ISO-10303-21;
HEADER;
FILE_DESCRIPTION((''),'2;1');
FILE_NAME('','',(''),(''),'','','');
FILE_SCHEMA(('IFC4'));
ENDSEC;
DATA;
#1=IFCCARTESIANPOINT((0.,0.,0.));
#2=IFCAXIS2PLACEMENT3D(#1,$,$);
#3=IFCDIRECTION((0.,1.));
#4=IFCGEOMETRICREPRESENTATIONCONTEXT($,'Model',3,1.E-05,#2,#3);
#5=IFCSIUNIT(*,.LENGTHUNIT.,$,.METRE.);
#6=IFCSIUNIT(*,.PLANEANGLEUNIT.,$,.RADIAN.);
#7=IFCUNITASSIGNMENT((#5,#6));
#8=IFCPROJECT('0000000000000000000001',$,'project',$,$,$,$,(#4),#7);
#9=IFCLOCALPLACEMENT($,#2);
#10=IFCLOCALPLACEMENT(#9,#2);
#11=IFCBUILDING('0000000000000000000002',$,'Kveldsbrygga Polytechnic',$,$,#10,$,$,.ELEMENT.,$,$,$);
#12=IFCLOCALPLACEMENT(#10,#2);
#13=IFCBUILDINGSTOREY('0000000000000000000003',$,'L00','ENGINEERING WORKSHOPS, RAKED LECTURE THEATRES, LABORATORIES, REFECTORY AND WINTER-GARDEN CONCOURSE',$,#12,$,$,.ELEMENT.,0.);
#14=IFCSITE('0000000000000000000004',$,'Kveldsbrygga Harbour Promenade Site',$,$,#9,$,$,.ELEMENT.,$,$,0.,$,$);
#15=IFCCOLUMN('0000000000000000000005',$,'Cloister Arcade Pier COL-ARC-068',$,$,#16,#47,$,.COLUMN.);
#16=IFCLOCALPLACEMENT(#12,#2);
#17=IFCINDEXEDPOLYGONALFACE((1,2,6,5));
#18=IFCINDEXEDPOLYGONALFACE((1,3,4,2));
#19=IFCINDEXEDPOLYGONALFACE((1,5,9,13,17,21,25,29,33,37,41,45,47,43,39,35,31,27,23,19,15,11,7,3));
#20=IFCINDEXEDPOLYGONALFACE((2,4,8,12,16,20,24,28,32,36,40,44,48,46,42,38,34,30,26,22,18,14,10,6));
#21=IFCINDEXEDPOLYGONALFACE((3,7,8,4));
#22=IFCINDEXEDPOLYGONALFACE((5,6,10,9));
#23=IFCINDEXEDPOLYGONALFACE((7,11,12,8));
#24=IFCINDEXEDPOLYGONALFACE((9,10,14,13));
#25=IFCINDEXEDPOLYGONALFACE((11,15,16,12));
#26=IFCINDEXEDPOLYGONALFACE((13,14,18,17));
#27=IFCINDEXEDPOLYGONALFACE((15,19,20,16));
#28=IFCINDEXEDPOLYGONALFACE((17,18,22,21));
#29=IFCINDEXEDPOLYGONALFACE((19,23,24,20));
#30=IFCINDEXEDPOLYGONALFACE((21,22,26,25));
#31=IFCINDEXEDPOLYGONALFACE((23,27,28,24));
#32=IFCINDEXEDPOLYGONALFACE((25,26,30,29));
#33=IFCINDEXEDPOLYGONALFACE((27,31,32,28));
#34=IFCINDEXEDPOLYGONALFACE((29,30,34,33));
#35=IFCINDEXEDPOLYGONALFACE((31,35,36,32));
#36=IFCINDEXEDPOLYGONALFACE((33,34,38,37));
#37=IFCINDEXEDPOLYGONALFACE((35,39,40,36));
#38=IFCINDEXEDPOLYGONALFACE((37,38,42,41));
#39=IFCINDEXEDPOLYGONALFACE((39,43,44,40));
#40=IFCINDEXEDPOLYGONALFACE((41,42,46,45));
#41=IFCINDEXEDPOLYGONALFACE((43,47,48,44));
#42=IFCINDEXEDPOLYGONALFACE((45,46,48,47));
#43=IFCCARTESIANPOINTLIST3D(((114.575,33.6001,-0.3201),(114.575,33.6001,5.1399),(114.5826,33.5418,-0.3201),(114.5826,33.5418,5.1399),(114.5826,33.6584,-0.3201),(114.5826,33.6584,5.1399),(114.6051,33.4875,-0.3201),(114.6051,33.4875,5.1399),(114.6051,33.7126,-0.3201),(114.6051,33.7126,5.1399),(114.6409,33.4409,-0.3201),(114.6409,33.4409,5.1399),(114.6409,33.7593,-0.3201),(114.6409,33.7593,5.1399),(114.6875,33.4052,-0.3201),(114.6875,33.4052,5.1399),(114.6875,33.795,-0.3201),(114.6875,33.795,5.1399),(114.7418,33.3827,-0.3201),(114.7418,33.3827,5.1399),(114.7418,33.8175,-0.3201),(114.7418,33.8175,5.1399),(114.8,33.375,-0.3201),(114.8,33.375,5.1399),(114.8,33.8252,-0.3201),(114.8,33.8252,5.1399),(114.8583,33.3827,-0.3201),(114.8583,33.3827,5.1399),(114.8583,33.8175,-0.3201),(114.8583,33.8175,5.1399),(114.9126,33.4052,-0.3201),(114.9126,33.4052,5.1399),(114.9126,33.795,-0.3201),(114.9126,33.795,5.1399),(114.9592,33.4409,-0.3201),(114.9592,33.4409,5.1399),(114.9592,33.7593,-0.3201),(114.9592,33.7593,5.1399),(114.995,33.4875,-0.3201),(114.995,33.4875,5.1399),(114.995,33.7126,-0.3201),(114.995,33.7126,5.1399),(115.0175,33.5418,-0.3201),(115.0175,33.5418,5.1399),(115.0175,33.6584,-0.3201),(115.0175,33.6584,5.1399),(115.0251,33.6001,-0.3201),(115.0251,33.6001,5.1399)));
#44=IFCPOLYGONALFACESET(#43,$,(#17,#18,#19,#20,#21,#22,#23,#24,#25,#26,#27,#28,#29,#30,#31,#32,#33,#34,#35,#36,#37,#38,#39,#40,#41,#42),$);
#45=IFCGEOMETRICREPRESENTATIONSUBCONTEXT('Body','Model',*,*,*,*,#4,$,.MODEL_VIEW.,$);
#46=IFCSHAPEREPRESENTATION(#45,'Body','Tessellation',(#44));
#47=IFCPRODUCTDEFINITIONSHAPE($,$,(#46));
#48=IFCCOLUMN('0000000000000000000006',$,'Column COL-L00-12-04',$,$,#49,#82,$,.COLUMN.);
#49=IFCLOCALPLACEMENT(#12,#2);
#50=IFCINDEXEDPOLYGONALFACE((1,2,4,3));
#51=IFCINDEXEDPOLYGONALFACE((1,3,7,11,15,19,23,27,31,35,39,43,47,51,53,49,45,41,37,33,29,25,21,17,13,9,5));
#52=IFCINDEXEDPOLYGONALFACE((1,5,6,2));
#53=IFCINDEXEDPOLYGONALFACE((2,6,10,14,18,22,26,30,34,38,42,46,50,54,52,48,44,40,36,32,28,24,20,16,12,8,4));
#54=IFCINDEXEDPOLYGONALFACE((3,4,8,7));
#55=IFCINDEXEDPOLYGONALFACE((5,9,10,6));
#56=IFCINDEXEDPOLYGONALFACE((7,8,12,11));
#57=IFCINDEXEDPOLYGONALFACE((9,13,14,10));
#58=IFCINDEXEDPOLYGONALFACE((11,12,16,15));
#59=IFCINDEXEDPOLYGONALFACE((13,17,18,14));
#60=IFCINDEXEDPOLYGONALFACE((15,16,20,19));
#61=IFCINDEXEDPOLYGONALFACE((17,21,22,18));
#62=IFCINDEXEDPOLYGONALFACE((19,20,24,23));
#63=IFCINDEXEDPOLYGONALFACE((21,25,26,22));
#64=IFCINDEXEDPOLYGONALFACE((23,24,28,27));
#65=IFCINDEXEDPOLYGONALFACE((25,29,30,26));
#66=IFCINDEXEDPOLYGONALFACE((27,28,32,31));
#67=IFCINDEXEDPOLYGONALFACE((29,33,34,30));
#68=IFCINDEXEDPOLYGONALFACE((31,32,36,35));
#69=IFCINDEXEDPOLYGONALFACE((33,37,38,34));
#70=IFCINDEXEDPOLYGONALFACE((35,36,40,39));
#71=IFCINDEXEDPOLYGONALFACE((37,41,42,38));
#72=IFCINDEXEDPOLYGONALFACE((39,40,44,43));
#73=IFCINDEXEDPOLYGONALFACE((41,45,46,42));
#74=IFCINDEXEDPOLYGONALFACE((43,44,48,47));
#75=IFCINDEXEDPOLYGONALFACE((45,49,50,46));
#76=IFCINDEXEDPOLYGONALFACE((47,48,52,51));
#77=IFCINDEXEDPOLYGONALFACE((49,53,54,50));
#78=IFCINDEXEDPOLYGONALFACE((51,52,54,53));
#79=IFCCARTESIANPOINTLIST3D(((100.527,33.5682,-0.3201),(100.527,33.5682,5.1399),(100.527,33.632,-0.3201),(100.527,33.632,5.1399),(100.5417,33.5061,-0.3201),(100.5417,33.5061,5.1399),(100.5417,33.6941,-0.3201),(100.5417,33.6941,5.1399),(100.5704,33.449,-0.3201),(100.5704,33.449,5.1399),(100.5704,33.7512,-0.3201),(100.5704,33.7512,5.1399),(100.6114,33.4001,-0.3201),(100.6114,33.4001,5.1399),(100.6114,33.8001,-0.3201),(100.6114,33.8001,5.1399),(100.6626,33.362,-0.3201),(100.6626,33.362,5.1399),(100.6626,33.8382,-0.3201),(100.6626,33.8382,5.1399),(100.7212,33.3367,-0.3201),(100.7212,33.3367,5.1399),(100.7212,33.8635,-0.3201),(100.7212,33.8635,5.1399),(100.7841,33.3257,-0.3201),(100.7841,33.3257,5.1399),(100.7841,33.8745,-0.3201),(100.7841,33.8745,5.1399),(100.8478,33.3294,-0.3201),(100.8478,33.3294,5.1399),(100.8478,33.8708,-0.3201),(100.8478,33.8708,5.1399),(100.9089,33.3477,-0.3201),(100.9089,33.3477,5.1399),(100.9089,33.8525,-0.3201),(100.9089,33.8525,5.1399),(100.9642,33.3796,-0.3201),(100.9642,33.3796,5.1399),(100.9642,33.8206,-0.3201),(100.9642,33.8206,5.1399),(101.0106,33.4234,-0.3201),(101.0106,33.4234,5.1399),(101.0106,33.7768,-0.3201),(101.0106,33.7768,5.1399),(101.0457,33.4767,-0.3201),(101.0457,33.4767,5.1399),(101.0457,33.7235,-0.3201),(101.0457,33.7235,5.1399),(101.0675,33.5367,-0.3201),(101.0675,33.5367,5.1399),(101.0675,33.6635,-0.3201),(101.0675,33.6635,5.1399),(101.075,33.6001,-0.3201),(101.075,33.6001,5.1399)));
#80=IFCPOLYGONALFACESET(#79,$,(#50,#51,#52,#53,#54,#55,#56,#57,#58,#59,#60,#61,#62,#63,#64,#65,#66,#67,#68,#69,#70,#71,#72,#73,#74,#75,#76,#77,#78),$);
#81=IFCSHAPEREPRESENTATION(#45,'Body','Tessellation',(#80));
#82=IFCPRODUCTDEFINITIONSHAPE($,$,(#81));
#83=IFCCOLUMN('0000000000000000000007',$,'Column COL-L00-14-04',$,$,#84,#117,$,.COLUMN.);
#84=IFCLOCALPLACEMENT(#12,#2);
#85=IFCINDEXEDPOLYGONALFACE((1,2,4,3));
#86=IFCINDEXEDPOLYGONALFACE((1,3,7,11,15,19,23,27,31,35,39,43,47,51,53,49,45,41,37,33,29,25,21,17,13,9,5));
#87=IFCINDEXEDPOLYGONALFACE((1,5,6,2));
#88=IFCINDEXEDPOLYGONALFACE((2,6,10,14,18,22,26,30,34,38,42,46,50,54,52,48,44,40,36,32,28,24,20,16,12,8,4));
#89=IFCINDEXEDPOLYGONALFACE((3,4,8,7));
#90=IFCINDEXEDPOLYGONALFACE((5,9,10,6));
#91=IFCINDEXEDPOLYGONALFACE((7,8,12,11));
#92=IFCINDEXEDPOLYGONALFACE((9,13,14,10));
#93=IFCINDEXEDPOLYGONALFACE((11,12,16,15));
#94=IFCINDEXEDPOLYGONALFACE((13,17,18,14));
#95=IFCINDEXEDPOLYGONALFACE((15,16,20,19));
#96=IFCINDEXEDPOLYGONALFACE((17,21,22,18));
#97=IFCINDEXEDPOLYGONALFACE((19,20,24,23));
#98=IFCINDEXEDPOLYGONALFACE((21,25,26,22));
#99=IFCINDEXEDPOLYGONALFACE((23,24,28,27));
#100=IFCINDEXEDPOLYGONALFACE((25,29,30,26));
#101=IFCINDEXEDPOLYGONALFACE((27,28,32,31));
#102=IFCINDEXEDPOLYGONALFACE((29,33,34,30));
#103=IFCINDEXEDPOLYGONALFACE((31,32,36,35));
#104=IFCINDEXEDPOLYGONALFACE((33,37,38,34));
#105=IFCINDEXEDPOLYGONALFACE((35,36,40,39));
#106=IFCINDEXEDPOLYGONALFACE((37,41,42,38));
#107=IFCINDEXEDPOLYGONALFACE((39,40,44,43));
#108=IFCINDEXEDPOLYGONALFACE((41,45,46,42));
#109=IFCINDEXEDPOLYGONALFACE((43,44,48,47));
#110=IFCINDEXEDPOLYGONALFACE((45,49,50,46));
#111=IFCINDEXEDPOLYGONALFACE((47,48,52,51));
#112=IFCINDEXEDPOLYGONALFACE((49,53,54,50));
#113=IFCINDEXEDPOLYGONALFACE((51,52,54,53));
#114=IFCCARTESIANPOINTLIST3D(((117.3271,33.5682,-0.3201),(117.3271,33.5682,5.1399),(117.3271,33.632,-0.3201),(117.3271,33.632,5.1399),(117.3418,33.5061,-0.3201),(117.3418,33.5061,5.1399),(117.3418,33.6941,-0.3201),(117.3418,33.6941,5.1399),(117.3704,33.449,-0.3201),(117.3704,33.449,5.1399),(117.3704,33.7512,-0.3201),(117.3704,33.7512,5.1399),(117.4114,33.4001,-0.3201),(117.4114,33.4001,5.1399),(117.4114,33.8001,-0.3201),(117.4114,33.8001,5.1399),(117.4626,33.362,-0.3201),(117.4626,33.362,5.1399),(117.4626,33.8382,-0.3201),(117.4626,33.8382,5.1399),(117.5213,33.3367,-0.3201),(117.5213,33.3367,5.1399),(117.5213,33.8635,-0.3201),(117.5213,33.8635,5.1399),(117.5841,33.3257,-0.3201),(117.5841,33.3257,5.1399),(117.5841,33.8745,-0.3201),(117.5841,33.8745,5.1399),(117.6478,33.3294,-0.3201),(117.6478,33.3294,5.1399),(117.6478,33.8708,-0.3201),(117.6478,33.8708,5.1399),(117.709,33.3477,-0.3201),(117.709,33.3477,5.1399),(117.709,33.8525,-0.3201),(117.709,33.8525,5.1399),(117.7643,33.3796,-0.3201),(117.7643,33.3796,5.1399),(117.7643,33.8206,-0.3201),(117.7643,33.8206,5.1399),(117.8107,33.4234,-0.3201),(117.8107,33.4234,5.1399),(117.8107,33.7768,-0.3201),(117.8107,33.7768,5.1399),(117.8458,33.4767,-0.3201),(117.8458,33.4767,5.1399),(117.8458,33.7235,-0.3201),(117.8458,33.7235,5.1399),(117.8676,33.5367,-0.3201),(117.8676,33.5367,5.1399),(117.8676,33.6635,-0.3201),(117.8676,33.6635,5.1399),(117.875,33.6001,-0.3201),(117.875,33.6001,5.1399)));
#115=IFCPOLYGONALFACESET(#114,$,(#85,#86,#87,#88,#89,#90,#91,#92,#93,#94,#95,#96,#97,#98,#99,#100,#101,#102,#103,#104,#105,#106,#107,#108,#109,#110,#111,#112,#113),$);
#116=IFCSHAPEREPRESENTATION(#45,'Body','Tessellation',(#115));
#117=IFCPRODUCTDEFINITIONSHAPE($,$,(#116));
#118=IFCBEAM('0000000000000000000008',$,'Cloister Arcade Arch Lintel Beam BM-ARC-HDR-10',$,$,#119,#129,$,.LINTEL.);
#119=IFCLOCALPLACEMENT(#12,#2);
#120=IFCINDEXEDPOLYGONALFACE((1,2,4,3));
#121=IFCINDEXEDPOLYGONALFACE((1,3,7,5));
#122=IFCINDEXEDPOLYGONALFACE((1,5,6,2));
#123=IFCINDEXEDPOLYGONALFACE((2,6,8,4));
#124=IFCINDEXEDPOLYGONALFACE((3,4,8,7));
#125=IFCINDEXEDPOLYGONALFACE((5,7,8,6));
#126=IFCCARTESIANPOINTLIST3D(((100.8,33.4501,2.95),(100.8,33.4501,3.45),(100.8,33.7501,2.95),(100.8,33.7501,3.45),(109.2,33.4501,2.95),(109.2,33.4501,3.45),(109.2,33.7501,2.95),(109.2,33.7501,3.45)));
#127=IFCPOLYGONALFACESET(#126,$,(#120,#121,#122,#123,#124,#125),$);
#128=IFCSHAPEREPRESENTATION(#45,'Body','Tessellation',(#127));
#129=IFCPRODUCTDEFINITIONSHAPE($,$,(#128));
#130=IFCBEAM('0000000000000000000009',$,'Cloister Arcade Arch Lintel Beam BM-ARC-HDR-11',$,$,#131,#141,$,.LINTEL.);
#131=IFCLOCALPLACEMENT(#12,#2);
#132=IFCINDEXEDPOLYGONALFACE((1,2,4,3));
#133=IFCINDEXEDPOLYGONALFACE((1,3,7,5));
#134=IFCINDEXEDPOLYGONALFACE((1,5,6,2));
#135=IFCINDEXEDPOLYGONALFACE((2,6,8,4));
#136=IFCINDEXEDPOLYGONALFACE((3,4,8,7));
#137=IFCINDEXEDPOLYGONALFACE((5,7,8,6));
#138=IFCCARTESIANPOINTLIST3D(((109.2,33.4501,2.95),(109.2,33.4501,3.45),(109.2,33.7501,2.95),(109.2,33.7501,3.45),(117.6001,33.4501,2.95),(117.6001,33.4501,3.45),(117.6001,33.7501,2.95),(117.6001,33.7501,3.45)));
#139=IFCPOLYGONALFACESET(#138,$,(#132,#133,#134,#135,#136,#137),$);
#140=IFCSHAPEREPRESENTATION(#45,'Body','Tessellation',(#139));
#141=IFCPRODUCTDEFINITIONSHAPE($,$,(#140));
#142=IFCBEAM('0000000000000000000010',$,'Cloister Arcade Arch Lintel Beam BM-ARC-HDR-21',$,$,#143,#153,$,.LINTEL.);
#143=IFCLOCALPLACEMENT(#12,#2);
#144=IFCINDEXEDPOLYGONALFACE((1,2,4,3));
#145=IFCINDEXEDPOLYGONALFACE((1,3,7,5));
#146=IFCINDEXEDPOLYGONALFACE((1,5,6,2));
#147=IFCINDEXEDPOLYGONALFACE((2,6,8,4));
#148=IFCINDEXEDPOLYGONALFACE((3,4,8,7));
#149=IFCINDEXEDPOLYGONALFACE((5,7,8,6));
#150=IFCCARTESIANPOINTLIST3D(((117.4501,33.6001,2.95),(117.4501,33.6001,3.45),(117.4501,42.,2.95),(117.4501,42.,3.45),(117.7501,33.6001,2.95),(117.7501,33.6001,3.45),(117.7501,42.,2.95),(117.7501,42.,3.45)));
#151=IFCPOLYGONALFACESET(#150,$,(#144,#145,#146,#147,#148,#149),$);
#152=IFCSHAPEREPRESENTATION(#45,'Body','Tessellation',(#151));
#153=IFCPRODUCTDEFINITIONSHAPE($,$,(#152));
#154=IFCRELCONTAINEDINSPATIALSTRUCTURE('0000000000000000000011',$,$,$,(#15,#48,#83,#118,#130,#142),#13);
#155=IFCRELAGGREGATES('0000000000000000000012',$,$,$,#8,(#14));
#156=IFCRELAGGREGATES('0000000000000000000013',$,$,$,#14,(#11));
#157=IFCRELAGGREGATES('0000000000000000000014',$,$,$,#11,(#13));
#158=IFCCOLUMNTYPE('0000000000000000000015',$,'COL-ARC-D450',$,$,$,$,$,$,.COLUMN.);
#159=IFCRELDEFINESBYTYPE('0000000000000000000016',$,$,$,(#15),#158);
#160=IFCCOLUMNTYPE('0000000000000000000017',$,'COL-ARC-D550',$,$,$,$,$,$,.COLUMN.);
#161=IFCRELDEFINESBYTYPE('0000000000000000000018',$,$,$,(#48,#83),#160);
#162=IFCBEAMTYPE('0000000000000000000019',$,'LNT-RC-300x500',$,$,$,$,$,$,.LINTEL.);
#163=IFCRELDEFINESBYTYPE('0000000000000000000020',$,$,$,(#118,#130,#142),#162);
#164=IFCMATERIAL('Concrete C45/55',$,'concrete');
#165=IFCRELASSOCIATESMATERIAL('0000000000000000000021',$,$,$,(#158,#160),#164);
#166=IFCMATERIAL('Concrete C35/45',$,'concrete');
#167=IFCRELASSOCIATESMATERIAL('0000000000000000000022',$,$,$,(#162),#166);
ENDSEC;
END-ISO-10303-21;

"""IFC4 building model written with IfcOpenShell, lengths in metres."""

from ifc_helpers import new_model, si_unit, direction, frame, origin, origin_2d, place, context, subcontext, project, spatial, rectangle, circle, extrude, material, material_profile, profile_set, type_object, element, save


model = new_model("IFC4")

# Units and contexts
model_context = context("Model", 3, precision=1e-05, world=origin(), true_north=direction((0.0, 1.0)))
body_context = subcontext(model_context, "Body", "Model", "MODEL_VIEW")
ifc_project = project(units=[si_unit("LENGTHUNIT", "METRE"), si_unit("PLANEANGLEUNIT", "RADIAN")], contexts=[model_context])

# Site, building, storey
site_placement = place(None, origin())
site = spatial("IfcSite", under=ifc_project, at=site_placement, Name="Kveldsbrygga Harbour Promenade Site", CompositionType="ELEMENT", RefElevation=0.0)
building_placement = place(site_placement, origin())
building = spatial("IfcBuilding", under=site, at=building_placement, Name="Kveldsbrygga Polytechnic", CompositionType="ELEMENT")
storey_placement = place(building_placement, origin())
storey = spatial("IfcBuildingStorey", under=building, at=storey_placement, Name="L00", Description="ENGINEERING WORKSHOPS, RAKED LECTURE THEATRES, LABORATORIES, REFECTORY AND WINTER-GARDEN CONCOURSE", CompositionType="ELEMENT", Elevation=0.0)

# Shared definitions
ifc_material_1 = material(Name="Concrete C35/45", Category="concrete")

# Shared definitions
ifc_material_2 = material(Name="Concrete C45/55", Category="concrete")

# Columns
ifc_material_profile_1 = material_profile(ifc_material_2, circle(Radius=0.2251, at=origin_2d()), Name="RC D450")
ifc_profile_set_1 = profile_set([ifc_material_profile_1], Name="Concrete C45/55")
column_type_1 = type_object("IfcColumnType", Name="COL-ARC-D450", PredefinedType="COLUMN", material=ifc_profile_set_1)
for number, where, z_axis, x_axis, name in (
    (1, (114.8, 33.6001, -0.3201), (0.0, 0.0, 1.0), (1.0, 0.0, 0.0), "Cloister Arcade Pier COL-ARC-068"),
):
    element("IfcColumn", number, at=place(storey_placement, frame(where, z_axis=z_axis, x_axis=x_axis)), inside=storey, type_object=column_type_1, Name=name, PredefinedType="COLUMN", context=body_context, shape_type="SweptSolid", body=[
        extrude(circle(Radius=0.2251, at=origin_2d()), origin(), (0.0, 0.0, 1.0), 5.46),
    ])
ifc_material_profile_2 = material_profile(ifc_material_2, circle(Radius=0.2749, at=origin_2d()), Name="RC D550")
ifc_profile_set_2 = profile_set([ifc_material_profile_2], Name="Concrete C45/55")
column_type_2 = type_object("IfcColumnType", Name="COL-ARC-D550", PredefinedType="COLUMN", material=ifc_profile_set_2)
for number, where, z_axis, x_axis, name in (
    (2, (100.8, 33.6001, -0.3201), (0.0, 0.0, 1.0), (1.0, 0.0, 0.0), "Column COL-L00-12-04"),
    (3, (117.6001, 33.6001, -0.3201), (0.0, 0.0, 1.0), (1.0, 0.0, 0.0), "Column COL-L00-14-04"),
):
    element("IfcColumn", number, at=place(storey_placement, frame(where, z_axis=z_axis, x_axis=x_axis)), inside=storey, type_object=column_type_2, Name=name, PredefinedType="COLUMN", context=body_context, shape_type="SweptSolid", body=[
        extrude(circle(Radius=0.2749, at=origin_2d()), origin(), (0.0, 0.0, 1.0), 5.46),
    ])

# Beams
ifc_material_profile_3 = material_profile(ifc_material_1, rectangle(XDim=0.3, YDim=0.5, at=origin_2d()), Name="RC 300x500")
ifc_profile_set_3 = profile_set([ifc_material_profile_3], Name="Concrete C35/45")
beam_type = type_object("IfcBeamType", Name="LNT-RC-300x500", PredefinedType="LINTEL", material=ifc_profile_set_3)
beam_1_placement = place(storey_placement, frame((100.8, 33.6001, 3.2), z_axis=(1.0, 0.0, 0.0), x_axis=(0.0, 1.0, 0.0)))
element("IfcBeam", 4, at=beam_1_placement, inside=storey, type_object=beam_type, Name="Cloister Arcade Arch Lintel Beam BM-ARC-HDR-10", PredefinedType="LINTEL", context=body_context, shape_type="SweptSolid", body=[
    extrude(rectangle(XDim=0.3, YDim=0.5, at=origin_2d()), origin(), (0.0, 0.0, 1.0), 8.3999),
])
beam_2_placement = place(storey_placement, frame((109.2, 33.6001, 3.2), z_axis=(1.0, 0.0, 0.0), x_axis=(0.0, 1.0, 0.0)))
element("IfcBeam", 5, at=beam_2_placement, inside=storey, type_object=beam_type, Name="Cloister Arcade Arch Lintel Beam BM-ARC-HDR-11", PredefinedType="LINTEL", context=body_context, shape_type="SweptSolid", body=[
    extrude(rectangle(XDim=0.3, YDim=0.5, at=origin_2d()), origin(), (0.0, 0.0, 1.0), 8.4001),
])
beam_3_placement = place(storey_placement, frame((117.6001, 33.6001, 3.2), z_axis=(0.0, 1.0, 0.0), x_axis=(-1.0, 0.0, 0.0)))
element("IfcBeam", 6, at=beam_3_placement, inside=storey, type_object=beam_type, Name="Cloister Arcade Arch Lintel Beam BM-ARC-HDR-21", PredefinedType="LINTEL", context=body_context, shape_type="SweptSolid", body=[
    extrude(rectangle(XDim=0.3, YDim=0.5, at=origin_2d()), origin(), (0.0, 0.0, 1.0), 8.3999),
])

save(model, "model.ifc")
